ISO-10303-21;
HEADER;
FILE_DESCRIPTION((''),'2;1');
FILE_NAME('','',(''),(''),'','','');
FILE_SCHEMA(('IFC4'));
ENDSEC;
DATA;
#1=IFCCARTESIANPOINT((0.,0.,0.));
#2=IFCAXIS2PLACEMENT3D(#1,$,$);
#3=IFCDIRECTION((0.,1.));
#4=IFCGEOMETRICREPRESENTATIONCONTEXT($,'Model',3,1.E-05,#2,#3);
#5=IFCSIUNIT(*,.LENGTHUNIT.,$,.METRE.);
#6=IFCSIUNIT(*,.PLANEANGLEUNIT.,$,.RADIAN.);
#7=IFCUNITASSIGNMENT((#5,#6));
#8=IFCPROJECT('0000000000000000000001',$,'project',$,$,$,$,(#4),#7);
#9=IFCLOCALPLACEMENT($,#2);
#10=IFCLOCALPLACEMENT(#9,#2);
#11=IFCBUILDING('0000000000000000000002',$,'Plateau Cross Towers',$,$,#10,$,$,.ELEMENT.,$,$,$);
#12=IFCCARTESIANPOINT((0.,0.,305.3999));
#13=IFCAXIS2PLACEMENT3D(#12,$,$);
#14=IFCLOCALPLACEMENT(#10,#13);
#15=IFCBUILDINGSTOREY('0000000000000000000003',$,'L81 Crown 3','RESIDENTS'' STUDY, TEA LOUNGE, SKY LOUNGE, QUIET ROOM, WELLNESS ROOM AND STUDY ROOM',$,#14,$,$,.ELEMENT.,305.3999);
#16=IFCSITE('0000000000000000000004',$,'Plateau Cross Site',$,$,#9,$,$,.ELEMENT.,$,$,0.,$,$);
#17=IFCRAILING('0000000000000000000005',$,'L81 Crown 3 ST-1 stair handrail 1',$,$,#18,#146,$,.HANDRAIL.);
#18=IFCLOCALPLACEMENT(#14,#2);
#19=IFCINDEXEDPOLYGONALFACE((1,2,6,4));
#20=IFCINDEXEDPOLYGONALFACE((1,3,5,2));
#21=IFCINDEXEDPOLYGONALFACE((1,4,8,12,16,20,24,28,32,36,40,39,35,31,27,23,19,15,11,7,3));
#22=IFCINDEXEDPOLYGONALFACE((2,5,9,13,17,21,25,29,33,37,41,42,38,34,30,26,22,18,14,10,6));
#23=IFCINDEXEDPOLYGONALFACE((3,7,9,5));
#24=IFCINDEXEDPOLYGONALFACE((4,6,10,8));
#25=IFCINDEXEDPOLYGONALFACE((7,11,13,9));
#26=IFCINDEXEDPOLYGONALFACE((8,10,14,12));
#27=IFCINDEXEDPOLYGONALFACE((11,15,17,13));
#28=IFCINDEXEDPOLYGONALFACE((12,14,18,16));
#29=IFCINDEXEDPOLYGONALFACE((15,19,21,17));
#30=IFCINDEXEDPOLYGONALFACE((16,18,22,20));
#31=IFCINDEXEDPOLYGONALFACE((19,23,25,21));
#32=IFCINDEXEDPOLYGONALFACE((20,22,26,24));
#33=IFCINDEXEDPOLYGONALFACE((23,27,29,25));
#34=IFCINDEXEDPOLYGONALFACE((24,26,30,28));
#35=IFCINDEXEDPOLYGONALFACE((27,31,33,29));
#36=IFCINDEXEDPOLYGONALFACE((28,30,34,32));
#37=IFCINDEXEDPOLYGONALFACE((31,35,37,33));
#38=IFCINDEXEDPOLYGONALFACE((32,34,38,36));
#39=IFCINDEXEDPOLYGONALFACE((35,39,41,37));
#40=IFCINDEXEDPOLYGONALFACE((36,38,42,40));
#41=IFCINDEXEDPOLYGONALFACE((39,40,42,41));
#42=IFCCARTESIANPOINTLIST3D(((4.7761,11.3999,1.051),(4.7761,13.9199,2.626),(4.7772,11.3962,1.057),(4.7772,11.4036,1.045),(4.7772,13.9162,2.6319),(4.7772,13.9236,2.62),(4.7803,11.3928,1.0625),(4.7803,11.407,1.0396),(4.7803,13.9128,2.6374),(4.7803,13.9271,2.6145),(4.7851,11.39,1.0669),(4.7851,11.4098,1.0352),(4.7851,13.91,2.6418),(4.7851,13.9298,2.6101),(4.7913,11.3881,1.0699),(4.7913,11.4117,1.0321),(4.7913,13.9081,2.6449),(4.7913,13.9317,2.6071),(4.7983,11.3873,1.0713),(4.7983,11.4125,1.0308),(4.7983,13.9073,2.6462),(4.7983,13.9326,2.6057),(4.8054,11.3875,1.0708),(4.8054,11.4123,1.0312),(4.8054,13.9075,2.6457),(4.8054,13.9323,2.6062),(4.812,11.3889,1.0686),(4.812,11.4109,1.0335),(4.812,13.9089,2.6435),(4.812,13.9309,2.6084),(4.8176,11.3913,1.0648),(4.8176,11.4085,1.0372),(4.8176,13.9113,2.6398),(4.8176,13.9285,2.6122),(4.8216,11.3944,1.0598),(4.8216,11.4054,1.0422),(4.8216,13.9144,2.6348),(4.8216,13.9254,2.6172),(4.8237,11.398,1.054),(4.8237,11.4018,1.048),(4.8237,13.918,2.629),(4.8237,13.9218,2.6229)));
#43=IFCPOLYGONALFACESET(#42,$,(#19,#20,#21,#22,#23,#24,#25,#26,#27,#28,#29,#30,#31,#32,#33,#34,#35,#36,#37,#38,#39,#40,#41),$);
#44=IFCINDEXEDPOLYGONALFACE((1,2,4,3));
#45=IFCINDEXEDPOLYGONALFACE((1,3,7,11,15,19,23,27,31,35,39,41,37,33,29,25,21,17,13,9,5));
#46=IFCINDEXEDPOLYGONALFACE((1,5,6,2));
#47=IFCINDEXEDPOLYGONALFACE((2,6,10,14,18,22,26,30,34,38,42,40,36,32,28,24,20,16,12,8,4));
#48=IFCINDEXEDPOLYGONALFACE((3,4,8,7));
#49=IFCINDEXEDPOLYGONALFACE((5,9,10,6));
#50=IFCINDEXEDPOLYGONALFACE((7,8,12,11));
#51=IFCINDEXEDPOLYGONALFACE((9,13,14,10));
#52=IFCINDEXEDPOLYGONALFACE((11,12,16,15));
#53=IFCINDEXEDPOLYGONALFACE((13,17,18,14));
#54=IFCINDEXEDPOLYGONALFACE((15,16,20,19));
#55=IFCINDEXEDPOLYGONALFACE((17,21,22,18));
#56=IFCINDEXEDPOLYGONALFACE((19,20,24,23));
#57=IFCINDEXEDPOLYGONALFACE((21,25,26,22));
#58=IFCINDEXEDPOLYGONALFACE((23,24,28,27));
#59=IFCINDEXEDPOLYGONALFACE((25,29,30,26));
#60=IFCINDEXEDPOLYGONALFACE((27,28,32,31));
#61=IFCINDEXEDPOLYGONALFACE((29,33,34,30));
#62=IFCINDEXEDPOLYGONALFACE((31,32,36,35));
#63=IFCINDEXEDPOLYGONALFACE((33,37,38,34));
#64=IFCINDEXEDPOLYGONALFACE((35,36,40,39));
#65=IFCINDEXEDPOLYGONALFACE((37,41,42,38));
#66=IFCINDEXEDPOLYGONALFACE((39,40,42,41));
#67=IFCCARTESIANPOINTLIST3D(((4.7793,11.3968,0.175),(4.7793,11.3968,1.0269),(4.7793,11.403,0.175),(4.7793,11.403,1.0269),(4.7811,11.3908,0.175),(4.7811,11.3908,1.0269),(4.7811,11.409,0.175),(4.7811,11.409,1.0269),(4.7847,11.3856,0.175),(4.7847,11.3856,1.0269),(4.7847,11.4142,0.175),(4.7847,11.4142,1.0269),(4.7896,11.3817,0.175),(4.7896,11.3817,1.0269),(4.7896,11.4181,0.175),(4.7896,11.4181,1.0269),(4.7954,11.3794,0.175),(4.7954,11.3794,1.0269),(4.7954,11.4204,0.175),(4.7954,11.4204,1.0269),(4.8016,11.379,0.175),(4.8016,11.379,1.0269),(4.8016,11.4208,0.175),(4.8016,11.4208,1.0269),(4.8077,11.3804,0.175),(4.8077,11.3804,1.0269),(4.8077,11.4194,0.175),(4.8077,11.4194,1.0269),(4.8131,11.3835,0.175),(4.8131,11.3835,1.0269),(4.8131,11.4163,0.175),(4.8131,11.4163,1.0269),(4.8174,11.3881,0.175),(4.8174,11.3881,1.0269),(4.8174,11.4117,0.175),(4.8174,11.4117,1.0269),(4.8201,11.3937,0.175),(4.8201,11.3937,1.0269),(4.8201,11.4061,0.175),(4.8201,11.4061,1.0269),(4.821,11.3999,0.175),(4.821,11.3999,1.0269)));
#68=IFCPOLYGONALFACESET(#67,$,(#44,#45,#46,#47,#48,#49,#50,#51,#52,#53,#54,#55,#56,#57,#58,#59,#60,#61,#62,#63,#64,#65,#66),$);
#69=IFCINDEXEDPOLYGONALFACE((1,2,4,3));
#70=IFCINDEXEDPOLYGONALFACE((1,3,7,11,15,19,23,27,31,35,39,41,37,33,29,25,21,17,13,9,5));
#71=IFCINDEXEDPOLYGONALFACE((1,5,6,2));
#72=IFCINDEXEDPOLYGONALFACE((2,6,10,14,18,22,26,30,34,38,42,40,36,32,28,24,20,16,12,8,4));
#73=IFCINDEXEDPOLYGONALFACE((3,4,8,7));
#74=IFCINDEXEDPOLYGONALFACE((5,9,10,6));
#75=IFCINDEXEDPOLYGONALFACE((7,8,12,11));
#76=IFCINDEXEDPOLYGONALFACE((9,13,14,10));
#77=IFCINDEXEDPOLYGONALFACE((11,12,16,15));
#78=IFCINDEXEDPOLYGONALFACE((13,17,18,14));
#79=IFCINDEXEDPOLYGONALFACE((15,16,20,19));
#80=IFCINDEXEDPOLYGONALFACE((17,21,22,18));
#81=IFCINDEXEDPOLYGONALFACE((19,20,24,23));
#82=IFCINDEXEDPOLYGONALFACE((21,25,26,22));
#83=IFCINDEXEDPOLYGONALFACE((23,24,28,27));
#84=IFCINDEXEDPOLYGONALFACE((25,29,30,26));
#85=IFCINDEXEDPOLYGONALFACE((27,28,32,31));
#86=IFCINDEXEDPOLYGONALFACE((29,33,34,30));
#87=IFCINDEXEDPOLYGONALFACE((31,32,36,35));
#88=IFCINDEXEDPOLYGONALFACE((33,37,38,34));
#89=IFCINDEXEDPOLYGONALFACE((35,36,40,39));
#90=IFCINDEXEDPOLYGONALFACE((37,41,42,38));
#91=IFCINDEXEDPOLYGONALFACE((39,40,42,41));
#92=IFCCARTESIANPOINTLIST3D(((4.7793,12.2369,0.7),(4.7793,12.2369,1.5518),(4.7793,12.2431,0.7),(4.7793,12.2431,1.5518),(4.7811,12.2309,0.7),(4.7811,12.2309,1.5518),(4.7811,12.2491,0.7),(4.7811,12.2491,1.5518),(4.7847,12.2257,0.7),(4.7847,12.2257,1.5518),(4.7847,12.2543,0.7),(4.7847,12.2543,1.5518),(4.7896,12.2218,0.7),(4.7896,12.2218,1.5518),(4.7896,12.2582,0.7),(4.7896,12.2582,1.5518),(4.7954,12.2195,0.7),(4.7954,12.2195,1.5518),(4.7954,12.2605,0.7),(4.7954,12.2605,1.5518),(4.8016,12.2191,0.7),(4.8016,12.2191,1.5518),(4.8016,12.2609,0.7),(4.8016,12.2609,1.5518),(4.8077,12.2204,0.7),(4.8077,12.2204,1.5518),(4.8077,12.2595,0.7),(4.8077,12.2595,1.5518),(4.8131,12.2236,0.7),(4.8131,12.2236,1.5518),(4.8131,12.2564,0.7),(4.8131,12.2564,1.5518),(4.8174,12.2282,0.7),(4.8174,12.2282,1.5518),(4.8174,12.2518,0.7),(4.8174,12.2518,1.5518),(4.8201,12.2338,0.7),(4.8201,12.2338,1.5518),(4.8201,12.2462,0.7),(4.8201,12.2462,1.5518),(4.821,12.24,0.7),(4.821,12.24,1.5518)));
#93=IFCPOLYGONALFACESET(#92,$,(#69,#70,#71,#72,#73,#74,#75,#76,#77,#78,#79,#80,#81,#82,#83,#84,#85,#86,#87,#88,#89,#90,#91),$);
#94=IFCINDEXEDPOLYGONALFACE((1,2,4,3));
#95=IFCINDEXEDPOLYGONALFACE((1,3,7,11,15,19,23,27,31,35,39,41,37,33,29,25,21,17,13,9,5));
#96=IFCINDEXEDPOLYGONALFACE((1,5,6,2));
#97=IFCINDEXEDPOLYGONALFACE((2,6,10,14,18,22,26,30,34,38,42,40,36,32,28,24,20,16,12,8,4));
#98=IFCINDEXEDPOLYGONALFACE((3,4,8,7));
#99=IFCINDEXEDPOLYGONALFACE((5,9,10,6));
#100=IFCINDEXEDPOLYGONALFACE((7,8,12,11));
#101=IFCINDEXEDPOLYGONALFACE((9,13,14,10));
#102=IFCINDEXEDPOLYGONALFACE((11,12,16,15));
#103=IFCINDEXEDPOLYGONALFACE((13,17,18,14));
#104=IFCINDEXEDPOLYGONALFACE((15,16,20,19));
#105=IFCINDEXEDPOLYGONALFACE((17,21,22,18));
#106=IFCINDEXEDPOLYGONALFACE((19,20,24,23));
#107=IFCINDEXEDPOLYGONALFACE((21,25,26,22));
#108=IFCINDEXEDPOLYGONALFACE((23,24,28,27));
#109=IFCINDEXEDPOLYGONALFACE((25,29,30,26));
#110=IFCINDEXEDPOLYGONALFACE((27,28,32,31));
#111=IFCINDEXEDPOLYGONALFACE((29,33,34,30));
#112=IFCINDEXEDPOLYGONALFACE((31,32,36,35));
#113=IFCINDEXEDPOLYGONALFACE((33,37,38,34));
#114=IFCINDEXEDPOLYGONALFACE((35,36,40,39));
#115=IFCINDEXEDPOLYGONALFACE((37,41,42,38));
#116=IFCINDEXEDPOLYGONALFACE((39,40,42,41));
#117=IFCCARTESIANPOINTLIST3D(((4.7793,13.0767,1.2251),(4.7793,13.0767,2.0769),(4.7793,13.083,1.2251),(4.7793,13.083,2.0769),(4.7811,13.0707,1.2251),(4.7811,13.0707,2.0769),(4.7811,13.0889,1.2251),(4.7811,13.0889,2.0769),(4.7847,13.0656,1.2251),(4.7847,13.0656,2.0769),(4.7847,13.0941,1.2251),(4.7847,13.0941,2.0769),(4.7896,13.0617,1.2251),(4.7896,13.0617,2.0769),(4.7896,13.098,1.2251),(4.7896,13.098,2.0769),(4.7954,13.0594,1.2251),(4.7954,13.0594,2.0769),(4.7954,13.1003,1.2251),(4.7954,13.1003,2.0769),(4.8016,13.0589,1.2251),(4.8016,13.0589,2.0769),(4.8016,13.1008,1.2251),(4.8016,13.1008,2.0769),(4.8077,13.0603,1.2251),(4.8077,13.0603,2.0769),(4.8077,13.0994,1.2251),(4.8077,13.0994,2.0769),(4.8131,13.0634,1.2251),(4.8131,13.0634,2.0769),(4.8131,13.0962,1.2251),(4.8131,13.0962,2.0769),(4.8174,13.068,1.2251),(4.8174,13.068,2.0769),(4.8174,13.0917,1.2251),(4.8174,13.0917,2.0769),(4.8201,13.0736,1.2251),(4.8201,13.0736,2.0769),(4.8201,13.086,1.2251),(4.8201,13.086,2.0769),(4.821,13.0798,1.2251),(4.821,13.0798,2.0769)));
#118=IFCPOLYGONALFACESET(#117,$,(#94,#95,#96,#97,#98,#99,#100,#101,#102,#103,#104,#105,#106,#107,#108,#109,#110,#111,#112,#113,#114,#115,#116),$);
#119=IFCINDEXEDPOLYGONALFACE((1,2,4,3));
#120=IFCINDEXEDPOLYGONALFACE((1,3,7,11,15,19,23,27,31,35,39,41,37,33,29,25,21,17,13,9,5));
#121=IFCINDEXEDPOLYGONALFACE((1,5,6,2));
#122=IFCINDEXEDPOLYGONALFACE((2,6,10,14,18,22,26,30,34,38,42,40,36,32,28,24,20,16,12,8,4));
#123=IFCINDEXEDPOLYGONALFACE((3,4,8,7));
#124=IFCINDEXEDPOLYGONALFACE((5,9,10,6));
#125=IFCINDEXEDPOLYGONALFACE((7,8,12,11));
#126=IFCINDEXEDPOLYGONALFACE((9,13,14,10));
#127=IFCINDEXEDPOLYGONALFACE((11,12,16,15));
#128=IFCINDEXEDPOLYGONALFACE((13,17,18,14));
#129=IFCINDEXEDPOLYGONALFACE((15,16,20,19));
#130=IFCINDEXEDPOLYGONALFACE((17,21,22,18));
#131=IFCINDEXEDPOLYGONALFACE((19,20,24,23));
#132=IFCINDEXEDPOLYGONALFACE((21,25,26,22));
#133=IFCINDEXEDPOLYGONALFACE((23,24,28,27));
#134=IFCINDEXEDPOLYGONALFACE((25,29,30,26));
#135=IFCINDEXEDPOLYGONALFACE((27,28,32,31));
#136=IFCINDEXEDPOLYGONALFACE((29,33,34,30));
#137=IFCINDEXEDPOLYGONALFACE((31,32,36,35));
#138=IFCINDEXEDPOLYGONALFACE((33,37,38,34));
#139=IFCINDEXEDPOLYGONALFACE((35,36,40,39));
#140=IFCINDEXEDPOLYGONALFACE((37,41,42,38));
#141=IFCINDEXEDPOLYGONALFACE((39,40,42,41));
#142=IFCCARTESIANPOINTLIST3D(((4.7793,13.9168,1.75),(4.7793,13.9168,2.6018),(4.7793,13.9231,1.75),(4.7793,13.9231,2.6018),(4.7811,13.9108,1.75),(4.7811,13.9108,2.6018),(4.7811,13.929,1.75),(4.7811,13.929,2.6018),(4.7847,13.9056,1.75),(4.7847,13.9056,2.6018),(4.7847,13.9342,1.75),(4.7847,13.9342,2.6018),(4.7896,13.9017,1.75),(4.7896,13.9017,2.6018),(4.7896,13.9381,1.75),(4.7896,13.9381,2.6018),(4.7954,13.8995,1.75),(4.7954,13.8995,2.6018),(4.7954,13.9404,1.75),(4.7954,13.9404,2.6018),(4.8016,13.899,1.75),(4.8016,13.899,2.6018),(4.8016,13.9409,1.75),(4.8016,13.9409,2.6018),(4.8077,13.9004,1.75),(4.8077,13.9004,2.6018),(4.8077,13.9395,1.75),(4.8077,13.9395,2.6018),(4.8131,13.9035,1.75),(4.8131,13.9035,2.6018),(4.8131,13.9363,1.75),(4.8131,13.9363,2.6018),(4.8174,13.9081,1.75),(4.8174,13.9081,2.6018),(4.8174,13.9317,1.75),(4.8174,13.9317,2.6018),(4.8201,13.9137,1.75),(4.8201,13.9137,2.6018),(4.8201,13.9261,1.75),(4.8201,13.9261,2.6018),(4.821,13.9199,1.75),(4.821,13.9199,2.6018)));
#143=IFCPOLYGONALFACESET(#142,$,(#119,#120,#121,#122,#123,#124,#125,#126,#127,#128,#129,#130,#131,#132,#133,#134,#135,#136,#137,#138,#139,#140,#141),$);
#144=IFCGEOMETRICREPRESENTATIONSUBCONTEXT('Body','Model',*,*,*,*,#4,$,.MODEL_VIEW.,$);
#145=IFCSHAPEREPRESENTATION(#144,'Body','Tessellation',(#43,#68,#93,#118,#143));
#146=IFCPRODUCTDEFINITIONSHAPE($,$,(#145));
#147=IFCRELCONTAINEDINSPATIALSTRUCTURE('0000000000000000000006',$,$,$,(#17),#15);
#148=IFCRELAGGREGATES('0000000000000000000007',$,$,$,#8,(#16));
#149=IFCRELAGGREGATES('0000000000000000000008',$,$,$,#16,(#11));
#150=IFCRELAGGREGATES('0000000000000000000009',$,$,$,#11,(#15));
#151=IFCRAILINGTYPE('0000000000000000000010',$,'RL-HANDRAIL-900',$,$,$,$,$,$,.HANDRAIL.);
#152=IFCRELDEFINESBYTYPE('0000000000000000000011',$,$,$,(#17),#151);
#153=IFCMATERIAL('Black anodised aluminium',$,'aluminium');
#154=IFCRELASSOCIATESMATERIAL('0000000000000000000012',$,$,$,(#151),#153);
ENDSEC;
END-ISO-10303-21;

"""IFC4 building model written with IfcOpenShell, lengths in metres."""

from ifc_helpers import new_model, si_unit, direction, frame, origin, origin_2d, place, context, subcontext, project, spatial, circle, extrude, material, type_object, element, save


model = new_model("IFC4")

# Units and contexts
model_context = context("Model", 3, precision=1e-05, world=origin(), true_north=direction((0.0, 1.0)))
body_context = subcontext(model_context, "Body", "Model", "MODEL_VIEW")
ifc_project = project(units=[si_unit("LENGTHUNIT", "METRE"), si_unit("PLANEANGLEUNIT", "RADIAN")], contexts=[model_context])

# Site, building, storey
site_placement = place(None, origin())
site = spatial("IfcSite", under=ifc_project, at=site_placement, Name="Plateau Cross Site", CompositionType="ELEMENT", RefElevation=0.0)
building_placement = place(site_placement, origin())
building = spatial("IfcBuilding", under=site, at=building_placement, Name="Plateau Cross Towers", CompositionType="ELEMENT")
storey_placement = place(building_placement, frame((0.0, 0.0, 305.3999)))
storey = spatial("IfcBuildingStorey", under=building, at=storey_placement, Name="L81 Crown 3", Description="RESIDENTS' STUDY, TEA LOUNGE, SKY LOUNGE, QUIET ROOM, WELLNESS ROOM AND STUDY ROOM", CompositionType="ELEMENT", Elevation=305.3999)

# Shared definitions
ifc_material_1 = material(Name="Black anodised aluminium", Category="aluminium")

# Railing
railing_type_1 = type_object("IfcRailingType", Name="RL-HANDRAIL-900", PredefinedType="HANDRAIL", material=ifc_material_1)
railing_1_placement = place(storey_placement, frame((4.8, 11.3999, 0.175)))
element("IfcRailing", 1, at=railing_1_placement, inside=storey, type_object=railing_type_1, Name="L81 Crown 3 ST-1 stair handrail 1", PredefinedType="HANDRAIL", context=body_context, shape_type="SweptSolid", body=[
    extrude(circle(Radius=0.0239, at=origin_2d()), frame((0.0, 0.0, 0.876), z_axis=(0.0, 0.848008, 0.529984), x_axis=(-1.0, 0.0, 0.0)), (0.0, 0.0, 1.0), 2.9717),
    extrude(circle(Radius=0.021, at=origin_2d()), origin(), (0.0, 0.0, 1.0), 0.8518),
    extrude(circle(Radius=0.021, at=origin_2d()), frame((0.0, 0.8401, 0.5249)), (0.0, 0.0, 1.0), 0.8518),
    extrude(circle(Radius=0.021, at=origin_2d()), frame((0.0, 1.6799, 1.05)), (0.0, 0.0, 1.0), 0.8518),
    extrude(circle(Radius=0.021, at=origin_2d()), frame((0.0, 2.52, 1.575)), (0.0, 0.0, 1.0), 0.8518),
])

save(model, "model.ifc")
